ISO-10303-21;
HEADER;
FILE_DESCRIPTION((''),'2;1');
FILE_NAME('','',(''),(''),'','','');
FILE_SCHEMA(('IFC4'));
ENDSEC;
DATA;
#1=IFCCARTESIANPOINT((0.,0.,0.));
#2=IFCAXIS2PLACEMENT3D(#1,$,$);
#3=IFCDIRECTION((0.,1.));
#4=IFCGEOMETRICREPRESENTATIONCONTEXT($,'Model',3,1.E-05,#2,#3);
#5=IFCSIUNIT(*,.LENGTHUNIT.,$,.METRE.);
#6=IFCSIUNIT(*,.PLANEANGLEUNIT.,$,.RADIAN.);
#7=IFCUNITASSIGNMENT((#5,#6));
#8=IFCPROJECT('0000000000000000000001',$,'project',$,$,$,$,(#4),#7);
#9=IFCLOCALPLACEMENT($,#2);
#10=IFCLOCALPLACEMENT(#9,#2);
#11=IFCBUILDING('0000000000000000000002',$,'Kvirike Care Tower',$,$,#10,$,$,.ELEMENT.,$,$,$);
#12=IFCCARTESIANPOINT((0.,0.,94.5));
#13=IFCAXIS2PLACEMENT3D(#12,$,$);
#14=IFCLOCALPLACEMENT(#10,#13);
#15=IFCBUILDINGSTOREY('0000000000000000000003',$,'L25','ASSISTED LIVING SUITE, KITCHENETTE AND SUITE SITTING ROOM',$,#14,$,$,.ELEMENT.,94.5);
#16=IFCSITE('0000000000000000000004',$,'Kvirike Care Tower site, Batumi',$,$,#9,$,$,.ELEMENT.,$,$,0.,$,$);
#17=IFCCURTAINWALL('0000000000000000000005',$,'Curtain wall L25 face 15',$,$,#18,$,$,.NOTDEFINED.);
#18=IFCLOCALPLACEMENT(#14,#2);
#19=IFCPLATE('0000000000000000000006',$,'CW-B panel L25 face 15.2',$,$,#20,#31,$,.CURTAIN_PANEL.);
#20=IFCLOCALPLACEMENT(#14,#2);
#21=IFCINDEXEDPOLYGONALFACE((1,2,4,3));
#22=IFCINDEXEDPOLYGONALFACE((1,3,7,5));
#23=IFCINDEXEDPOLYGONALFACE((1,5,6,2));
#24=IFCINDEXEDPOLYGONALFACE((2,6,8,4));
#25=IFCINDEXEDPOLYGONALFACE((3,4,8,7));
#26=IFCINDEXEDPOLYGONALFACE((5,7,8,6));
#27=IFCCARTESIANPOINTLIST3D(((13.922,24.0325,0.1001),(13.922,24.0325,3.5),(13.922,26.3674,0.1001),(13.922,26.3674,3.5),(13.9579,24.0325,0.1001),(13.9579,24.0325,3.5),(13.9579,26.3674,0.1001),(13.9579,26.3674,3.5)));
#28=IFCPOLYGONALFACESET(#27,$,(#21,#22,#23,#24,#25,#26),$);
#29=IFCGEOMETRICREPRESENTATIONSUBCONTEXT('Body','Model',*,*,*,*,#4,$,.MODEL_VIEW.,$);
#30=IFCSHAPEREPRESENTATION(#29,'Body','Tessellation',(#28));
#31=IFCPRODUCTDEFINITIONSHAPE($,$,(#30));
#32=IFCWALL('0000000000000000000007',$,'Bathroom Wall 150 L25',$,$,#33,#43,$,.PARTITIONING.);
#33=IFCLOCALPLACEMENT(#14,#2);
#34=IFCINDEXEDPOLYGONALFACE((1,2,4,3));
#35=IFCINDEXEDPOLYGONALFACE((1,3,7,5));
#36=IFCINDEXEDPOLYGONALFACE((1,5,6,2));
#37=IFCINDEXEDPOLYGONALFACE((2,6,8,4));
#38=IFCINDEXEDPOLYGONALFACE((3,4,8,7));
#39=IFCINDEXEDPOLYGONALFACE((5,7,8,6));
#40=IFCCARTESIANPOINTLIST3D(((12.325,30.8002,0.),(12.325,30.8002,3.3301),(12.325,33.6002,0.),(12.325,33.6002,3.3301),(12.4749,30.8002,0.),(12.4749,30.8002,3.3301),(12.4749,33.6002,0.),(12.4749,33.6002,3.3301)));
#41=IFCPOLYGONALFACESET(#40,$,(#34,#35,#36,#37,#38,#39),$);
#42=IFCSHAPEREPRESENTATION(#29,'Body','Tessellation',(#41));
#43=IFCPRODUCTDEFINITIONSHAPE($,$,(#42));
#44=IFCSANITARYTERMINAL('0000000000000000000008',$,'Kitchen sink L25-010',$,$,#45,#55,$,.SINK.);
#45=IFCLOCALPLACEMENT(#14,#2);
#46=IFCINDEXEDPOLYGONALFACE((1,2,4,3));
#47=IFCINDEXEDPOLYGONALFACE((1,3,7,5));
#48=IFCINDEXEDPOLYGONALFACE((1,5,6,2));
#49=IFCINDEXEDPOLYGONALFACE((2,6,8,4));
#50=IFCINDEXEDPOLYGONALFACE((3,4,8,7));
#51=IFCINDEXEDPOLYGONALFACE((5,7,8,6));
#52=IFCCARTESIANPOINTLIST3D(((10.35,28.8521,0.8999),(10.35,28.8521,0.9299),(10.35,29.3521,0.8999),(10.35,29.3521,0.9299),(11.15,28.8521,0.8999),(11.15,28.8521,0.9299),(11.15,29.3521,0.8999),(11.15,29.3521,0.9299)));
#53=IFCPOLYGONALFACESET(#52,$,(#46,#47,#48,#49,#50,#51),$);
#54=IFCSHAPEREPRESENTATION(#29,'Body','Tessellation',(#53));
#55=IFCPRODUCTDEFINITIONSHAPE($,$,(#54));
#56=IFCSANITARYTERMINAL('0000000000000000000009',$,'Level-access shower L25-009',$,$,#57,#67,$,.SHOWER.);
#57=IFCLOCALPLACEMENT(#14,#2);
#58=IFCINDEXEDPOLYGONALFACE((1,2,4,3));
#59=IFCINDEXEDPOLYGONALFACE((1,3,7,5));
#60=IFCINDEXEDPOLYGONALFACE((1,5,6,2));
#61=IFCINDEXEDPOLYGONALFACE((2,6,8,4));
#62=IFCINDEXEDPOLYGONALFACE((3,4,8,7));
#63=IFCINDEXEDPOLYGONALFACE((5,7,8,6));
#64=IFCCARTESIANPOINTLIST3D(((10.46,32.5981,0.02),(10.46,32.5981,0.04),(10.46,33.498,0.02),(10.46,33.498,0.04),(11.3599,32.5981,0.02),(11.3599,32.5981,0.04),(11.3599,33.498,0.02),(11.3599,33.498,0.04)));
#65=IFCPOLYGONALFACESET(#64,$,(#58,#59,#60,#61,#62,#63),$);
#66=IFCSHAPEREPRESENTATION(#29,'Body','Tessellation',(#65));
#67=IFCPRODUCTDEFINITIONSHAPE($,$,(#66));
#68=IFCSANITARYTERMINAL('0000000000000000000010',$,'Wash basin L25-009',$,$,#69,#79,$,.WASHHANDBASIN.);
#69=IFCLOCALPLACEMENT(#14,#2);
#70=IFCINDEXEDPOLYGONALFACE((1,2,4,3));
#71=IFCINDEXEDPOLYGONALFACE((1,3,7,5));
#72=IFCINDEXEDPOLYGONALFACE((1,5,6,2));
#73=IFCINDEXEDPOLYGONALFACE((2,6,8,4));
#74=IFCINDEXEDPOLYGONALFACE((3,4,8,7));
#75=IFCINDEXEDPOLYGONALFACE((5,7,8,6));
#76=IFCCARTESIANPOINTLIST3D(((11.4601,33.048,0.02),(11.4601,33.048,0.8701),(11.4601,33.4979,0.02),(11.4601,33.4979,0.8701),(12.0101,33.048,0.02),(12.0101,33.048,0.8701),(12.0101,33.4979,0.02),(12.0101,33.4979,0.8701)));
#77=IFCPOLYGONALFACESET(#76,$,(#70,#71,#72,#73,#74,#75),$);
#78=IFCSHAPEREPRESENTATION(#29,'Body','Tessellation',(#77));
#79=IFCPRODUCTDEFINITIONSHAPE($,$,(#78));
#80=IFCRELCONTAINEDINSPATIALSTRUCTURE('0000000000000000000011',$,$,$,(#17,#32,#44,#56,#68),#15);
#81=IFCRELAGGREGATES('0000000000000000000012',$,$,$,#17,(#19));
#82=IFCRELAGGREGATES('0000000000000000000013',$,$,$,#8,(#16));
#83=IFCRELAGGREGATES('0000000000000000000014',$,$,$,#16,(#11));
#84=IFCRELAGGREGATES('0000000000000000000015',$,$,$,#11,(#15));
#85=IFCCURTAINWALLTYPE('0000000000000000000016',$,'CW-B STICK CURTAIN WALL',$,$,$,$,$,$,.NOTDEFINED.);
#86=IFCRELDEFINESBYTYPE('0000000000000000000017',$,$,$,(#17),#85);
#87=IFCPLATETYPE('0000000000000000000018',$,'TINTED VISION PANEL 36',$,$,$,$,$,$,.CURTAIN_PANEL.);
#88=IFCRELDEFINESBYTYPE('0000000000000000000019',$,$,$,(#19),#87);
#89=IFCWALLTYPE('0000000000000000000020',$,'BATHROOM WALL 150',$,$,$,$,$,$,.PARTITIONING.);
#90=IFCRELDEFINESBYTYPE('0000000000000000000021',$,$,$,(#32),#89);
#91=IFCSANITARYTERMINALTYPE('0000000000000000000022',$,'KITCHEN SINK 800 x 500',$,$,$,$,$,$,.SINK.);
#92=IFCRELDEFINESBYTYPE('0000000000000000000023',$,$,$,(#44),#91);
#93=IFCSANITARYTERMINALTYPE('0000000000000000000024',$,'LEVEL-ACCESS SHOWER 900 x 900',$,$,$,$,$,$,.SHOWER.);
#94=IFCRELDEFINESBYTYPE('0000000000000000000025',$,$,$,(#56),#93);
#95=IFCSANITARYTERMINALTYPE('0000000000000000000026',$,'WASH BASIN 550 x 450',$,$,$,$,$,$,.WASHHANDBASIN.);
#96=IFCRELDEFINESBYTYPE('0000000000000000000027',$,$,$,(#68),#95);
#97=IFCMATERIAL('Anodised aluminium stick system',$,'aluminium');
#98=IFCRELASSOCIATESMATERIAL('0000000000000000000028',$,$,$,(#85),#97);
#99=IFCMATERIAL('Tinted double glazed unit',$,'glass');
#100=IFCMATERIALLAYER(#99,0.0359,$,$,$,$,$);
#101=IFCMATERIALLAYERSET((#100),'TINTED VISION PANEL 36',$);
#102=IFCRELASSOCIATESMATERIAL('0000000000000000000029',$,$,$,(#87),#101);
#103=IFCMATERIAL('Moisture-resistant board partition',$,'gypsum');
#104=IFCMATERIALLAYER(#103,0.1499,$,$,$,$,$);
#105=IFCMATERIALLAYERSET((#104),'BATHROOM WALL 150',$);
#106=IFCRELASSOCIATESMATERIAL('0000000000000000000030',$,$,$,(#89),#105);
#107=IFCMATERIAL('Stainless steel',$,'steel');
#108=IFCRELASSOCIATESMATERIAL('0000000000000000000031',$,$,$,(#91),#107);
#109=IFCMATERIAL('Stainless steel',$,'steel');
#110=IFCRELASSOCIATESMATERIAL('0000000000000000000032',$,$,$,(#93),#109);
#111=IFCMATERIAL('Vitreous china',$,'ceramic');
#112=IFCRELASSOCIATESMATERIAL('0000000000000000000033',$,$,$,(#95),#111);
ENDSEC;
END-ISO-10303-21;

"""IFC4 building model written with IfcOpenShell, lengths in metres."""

from ifc_helpers import new_model, si_unit, direction, frame, frame_2d, origin, origin_2d, place, context, subcontext, project, spatial, rectangle, extrude, material, layer, layer_set, type_object, element, aggregate, save


model = new_model("IFC4")

# Units and contexts
model_context = context("Model", 3, precision=1e-05, world=origin(), true_north=direction((0.0, 1.0)))
body_context = subcontext(model_context, "Body", "Model", "MODEL_VIEW")
ifc_project = project(units=[si_unit("LENGTHUNIT", "METRE"), si_unit("PLANEANGLEUNIT", "RADIAN")], contexts=[model_context])

# Site, building, storey
site_placement = place(None, origin())
site = spatial("IfcSite", under=ifc_project, at=site_placement, Name="Kvirike Care Tower site, Batumi", CompositionType="ELEMENT", RefElevation=0.0)
building_placement = place(site_placement, origin())
building = spatial("IfcBuilding", under=site, at=building_placement, Name="Kvirike Care Tower", CompositionType="ELEMENT")
storey_placement = place(building_placement, frame((0.0, 0.0, 94.5)))
storey = spatial("IfcBuildingStorey", under=building, at=storey_placement, Name="L25", Description="ASSISTED LIVING SUITE, KITCHENETTE AND SUITE SITTING ROOM", CompositionType="ELEMENT", Elevation=94.5)

# Curtain wall
ifc_material_1 = material(Name="Anodised aluminium stick system", Category="aluminium")
curtain_wall_type = type_object("IfcCurtainWallType", Name="CW-B STICK CURTAIN WALL", PredefinedType="NOTDEFINED", material=ifc_material_1)
curtain_wall_1_placement = place(storey_placement, origin())
curtain_wall_1 = element("IfcCurtainWall", 1, at=curtain_wall_1_placement, inside=storey, type_object=curtain_wall_type, Name="Curtain wall L25 face 15", PredefinedType="NOTDEFINED")

# Plate
ifc_material_2 = material(Name="Tinted double glazed unit", Category="glass")
ifc_layer_1 = layer(ifc_material_2, 0.0359)
ifc_layer_set_1 = layer_set([ifc_layer_1], Name="TINTED VISION PANEL 36")
plate_type = type_object("IfcPlateType", Name="TINTED VISION PANEL 36", PredefinedType="CURTAIN_PANEL", material=ifc_layer_set_1)
plate_1_placement = place(storey_placement, frame((13.9399, 25.2, 0.1001), z_axis=(0.0, 0.0, 1.0), x_axis=(0.0, -1.0, 0.0)))
plate_1 = element("IfcPlate", 2, at=plate_1_placement, type_object=plate_type, Name="CW-B panel L25 face 15.2", PredefinedType="CURTAIN_PANEL", context=body_context, shape_type="SweptSolid", body=[
    extrude(rectangle(XDim=2.335, YDim=0.0359, at=origin_2d()), origin(), (0.0, 0.0, 1.0), 3.3999),
])
aggregate(curtain_wall_1, [plate_1])

# Wall
ifc_material_3 = material(Name="Moisture-resistant board partition", Category="gypsum")
ifc_layer_2 = layer(ifc_material_3, 0.1499)
ifc_layer_set_2 = layer_set([ifc_layer_2], Name="BATHROOM WALL 150")
wall_type = type_object("IfcWallType", Name="BATHROOM WALL 150", PredefinedType="PARTITIONING", material=ifc_layer_set_2)
wall_placement = place(storey_placement, frame((12.3999, 33.6001, 0.0), z_axis=(0.0, 0.0, 1.0), x_axis=(0.0, -1.0, 0.0)))
element("IfcWall", 3, at=wall_placement, inside=storey, type_object=wall_type, Name="Bathroom Wall 150 L25", PredefinedType="PARTITIONING", context=body_context, shape_type="SweptSolid", body=[
    extrude(rectangle(XDim=2.8, YDim=0.1499, at=frame_2d((1.3999, 0.0))), origin(), (0.0, 0.0, 1.0), 3.3301),
])

# Sanitary terminals
ifc_material_4 = material(Name="Stainless steel", Category="steel")
sanitary_terminal_type_1 = type_object("IfcSanitaryTerminalType", Name="KITCHEN SINK 800 x 500", PredefinedType="SINK", material=ifc_material_4)
sanitary_terminal_1_placement = place(storey_placement, frame((10.75, 29.1021, 0.8999), z_axis=(0.0, 0.0, 1.0), x_axis=(-1.0, 0.0, 0.0)))
element("IfcSanitaryTerminal", 4, at=sanitary_terminal_1_placement, inside=storey, type_object=sanitary_terminal_type_1, Name="Kitchen sink L25-010", PredefinedType="SINK", context=body_context, shape_type="SweptSolid", body=[
    extrude(rectangle(XDim=0.8, YDim=0.5, at=origin_2d()), origin(), (0.0, 0.0, 1.0), 0.03),
])
ifc_material_5 = material(Name="Stainless steel", Category="steel")
sanitary_terminal_type_2 = type_object("IfcSanitaryTerminalType", Name="LEVEL-ACCESS SHOWER 900 x 900", PredefinedType="SHOWER", material=ifc_material_5)
sanitary_terminal_2_placement = place(storey_placement, frame((10.9099, 33.0481, 0.02), z_axis=(0.0, 0.0, 1.0), x_axis=(1.0, 0.0, 0.0)))
element("IfcSanitaryTerminal", 5, at=sanitary_terminal_2_placement, inside=storey, type_object=sanitary_terminal_type_2, Name="Level-access shower L25-009", PredefinedType="SHOWER", context=body_context, shape_type="SweptSolid", body=[
    extrude(rectangle(XDim=0.8999, YDim=0.8999, at=origin_2d()), origin(), (0.0, 0.0, 1.0), 0.02),
])
ifc_material_6 = material(Name="Vitreous china", Category="ceramic")
sanitary_terminal_type_3 = type_object("IfcSanitaryTerminalType", Name="WASH BASIN 550 x 450", PredefinedType="WASHHANDBASIN", material=ifc_material_6)
sanitary_terminal_3_placement = place(storey_placement, frame((11.7351, 33.2729, 0.02), z_axis=(0.0, 0.0, 1.0), x_axis=(1.0, 0.0, 0.0)))
element("IfcSanitaryTerminal", 6, at=sanitary_terminal_3_placement, inside=storey, type_object=sanitary_terminal_type_3, Name="Wash basin L25-009", PredefinedType="WASHHANDBASIN", context=body_context, shape_type="SweptSolid", body=[
    extrude(rectangle(XDim=0.55, YDim=0.45, at=origin_2d()), origin(), (0.0, 0.0, 1.0), 0.8501),
])

save(model, "model.ifc")
